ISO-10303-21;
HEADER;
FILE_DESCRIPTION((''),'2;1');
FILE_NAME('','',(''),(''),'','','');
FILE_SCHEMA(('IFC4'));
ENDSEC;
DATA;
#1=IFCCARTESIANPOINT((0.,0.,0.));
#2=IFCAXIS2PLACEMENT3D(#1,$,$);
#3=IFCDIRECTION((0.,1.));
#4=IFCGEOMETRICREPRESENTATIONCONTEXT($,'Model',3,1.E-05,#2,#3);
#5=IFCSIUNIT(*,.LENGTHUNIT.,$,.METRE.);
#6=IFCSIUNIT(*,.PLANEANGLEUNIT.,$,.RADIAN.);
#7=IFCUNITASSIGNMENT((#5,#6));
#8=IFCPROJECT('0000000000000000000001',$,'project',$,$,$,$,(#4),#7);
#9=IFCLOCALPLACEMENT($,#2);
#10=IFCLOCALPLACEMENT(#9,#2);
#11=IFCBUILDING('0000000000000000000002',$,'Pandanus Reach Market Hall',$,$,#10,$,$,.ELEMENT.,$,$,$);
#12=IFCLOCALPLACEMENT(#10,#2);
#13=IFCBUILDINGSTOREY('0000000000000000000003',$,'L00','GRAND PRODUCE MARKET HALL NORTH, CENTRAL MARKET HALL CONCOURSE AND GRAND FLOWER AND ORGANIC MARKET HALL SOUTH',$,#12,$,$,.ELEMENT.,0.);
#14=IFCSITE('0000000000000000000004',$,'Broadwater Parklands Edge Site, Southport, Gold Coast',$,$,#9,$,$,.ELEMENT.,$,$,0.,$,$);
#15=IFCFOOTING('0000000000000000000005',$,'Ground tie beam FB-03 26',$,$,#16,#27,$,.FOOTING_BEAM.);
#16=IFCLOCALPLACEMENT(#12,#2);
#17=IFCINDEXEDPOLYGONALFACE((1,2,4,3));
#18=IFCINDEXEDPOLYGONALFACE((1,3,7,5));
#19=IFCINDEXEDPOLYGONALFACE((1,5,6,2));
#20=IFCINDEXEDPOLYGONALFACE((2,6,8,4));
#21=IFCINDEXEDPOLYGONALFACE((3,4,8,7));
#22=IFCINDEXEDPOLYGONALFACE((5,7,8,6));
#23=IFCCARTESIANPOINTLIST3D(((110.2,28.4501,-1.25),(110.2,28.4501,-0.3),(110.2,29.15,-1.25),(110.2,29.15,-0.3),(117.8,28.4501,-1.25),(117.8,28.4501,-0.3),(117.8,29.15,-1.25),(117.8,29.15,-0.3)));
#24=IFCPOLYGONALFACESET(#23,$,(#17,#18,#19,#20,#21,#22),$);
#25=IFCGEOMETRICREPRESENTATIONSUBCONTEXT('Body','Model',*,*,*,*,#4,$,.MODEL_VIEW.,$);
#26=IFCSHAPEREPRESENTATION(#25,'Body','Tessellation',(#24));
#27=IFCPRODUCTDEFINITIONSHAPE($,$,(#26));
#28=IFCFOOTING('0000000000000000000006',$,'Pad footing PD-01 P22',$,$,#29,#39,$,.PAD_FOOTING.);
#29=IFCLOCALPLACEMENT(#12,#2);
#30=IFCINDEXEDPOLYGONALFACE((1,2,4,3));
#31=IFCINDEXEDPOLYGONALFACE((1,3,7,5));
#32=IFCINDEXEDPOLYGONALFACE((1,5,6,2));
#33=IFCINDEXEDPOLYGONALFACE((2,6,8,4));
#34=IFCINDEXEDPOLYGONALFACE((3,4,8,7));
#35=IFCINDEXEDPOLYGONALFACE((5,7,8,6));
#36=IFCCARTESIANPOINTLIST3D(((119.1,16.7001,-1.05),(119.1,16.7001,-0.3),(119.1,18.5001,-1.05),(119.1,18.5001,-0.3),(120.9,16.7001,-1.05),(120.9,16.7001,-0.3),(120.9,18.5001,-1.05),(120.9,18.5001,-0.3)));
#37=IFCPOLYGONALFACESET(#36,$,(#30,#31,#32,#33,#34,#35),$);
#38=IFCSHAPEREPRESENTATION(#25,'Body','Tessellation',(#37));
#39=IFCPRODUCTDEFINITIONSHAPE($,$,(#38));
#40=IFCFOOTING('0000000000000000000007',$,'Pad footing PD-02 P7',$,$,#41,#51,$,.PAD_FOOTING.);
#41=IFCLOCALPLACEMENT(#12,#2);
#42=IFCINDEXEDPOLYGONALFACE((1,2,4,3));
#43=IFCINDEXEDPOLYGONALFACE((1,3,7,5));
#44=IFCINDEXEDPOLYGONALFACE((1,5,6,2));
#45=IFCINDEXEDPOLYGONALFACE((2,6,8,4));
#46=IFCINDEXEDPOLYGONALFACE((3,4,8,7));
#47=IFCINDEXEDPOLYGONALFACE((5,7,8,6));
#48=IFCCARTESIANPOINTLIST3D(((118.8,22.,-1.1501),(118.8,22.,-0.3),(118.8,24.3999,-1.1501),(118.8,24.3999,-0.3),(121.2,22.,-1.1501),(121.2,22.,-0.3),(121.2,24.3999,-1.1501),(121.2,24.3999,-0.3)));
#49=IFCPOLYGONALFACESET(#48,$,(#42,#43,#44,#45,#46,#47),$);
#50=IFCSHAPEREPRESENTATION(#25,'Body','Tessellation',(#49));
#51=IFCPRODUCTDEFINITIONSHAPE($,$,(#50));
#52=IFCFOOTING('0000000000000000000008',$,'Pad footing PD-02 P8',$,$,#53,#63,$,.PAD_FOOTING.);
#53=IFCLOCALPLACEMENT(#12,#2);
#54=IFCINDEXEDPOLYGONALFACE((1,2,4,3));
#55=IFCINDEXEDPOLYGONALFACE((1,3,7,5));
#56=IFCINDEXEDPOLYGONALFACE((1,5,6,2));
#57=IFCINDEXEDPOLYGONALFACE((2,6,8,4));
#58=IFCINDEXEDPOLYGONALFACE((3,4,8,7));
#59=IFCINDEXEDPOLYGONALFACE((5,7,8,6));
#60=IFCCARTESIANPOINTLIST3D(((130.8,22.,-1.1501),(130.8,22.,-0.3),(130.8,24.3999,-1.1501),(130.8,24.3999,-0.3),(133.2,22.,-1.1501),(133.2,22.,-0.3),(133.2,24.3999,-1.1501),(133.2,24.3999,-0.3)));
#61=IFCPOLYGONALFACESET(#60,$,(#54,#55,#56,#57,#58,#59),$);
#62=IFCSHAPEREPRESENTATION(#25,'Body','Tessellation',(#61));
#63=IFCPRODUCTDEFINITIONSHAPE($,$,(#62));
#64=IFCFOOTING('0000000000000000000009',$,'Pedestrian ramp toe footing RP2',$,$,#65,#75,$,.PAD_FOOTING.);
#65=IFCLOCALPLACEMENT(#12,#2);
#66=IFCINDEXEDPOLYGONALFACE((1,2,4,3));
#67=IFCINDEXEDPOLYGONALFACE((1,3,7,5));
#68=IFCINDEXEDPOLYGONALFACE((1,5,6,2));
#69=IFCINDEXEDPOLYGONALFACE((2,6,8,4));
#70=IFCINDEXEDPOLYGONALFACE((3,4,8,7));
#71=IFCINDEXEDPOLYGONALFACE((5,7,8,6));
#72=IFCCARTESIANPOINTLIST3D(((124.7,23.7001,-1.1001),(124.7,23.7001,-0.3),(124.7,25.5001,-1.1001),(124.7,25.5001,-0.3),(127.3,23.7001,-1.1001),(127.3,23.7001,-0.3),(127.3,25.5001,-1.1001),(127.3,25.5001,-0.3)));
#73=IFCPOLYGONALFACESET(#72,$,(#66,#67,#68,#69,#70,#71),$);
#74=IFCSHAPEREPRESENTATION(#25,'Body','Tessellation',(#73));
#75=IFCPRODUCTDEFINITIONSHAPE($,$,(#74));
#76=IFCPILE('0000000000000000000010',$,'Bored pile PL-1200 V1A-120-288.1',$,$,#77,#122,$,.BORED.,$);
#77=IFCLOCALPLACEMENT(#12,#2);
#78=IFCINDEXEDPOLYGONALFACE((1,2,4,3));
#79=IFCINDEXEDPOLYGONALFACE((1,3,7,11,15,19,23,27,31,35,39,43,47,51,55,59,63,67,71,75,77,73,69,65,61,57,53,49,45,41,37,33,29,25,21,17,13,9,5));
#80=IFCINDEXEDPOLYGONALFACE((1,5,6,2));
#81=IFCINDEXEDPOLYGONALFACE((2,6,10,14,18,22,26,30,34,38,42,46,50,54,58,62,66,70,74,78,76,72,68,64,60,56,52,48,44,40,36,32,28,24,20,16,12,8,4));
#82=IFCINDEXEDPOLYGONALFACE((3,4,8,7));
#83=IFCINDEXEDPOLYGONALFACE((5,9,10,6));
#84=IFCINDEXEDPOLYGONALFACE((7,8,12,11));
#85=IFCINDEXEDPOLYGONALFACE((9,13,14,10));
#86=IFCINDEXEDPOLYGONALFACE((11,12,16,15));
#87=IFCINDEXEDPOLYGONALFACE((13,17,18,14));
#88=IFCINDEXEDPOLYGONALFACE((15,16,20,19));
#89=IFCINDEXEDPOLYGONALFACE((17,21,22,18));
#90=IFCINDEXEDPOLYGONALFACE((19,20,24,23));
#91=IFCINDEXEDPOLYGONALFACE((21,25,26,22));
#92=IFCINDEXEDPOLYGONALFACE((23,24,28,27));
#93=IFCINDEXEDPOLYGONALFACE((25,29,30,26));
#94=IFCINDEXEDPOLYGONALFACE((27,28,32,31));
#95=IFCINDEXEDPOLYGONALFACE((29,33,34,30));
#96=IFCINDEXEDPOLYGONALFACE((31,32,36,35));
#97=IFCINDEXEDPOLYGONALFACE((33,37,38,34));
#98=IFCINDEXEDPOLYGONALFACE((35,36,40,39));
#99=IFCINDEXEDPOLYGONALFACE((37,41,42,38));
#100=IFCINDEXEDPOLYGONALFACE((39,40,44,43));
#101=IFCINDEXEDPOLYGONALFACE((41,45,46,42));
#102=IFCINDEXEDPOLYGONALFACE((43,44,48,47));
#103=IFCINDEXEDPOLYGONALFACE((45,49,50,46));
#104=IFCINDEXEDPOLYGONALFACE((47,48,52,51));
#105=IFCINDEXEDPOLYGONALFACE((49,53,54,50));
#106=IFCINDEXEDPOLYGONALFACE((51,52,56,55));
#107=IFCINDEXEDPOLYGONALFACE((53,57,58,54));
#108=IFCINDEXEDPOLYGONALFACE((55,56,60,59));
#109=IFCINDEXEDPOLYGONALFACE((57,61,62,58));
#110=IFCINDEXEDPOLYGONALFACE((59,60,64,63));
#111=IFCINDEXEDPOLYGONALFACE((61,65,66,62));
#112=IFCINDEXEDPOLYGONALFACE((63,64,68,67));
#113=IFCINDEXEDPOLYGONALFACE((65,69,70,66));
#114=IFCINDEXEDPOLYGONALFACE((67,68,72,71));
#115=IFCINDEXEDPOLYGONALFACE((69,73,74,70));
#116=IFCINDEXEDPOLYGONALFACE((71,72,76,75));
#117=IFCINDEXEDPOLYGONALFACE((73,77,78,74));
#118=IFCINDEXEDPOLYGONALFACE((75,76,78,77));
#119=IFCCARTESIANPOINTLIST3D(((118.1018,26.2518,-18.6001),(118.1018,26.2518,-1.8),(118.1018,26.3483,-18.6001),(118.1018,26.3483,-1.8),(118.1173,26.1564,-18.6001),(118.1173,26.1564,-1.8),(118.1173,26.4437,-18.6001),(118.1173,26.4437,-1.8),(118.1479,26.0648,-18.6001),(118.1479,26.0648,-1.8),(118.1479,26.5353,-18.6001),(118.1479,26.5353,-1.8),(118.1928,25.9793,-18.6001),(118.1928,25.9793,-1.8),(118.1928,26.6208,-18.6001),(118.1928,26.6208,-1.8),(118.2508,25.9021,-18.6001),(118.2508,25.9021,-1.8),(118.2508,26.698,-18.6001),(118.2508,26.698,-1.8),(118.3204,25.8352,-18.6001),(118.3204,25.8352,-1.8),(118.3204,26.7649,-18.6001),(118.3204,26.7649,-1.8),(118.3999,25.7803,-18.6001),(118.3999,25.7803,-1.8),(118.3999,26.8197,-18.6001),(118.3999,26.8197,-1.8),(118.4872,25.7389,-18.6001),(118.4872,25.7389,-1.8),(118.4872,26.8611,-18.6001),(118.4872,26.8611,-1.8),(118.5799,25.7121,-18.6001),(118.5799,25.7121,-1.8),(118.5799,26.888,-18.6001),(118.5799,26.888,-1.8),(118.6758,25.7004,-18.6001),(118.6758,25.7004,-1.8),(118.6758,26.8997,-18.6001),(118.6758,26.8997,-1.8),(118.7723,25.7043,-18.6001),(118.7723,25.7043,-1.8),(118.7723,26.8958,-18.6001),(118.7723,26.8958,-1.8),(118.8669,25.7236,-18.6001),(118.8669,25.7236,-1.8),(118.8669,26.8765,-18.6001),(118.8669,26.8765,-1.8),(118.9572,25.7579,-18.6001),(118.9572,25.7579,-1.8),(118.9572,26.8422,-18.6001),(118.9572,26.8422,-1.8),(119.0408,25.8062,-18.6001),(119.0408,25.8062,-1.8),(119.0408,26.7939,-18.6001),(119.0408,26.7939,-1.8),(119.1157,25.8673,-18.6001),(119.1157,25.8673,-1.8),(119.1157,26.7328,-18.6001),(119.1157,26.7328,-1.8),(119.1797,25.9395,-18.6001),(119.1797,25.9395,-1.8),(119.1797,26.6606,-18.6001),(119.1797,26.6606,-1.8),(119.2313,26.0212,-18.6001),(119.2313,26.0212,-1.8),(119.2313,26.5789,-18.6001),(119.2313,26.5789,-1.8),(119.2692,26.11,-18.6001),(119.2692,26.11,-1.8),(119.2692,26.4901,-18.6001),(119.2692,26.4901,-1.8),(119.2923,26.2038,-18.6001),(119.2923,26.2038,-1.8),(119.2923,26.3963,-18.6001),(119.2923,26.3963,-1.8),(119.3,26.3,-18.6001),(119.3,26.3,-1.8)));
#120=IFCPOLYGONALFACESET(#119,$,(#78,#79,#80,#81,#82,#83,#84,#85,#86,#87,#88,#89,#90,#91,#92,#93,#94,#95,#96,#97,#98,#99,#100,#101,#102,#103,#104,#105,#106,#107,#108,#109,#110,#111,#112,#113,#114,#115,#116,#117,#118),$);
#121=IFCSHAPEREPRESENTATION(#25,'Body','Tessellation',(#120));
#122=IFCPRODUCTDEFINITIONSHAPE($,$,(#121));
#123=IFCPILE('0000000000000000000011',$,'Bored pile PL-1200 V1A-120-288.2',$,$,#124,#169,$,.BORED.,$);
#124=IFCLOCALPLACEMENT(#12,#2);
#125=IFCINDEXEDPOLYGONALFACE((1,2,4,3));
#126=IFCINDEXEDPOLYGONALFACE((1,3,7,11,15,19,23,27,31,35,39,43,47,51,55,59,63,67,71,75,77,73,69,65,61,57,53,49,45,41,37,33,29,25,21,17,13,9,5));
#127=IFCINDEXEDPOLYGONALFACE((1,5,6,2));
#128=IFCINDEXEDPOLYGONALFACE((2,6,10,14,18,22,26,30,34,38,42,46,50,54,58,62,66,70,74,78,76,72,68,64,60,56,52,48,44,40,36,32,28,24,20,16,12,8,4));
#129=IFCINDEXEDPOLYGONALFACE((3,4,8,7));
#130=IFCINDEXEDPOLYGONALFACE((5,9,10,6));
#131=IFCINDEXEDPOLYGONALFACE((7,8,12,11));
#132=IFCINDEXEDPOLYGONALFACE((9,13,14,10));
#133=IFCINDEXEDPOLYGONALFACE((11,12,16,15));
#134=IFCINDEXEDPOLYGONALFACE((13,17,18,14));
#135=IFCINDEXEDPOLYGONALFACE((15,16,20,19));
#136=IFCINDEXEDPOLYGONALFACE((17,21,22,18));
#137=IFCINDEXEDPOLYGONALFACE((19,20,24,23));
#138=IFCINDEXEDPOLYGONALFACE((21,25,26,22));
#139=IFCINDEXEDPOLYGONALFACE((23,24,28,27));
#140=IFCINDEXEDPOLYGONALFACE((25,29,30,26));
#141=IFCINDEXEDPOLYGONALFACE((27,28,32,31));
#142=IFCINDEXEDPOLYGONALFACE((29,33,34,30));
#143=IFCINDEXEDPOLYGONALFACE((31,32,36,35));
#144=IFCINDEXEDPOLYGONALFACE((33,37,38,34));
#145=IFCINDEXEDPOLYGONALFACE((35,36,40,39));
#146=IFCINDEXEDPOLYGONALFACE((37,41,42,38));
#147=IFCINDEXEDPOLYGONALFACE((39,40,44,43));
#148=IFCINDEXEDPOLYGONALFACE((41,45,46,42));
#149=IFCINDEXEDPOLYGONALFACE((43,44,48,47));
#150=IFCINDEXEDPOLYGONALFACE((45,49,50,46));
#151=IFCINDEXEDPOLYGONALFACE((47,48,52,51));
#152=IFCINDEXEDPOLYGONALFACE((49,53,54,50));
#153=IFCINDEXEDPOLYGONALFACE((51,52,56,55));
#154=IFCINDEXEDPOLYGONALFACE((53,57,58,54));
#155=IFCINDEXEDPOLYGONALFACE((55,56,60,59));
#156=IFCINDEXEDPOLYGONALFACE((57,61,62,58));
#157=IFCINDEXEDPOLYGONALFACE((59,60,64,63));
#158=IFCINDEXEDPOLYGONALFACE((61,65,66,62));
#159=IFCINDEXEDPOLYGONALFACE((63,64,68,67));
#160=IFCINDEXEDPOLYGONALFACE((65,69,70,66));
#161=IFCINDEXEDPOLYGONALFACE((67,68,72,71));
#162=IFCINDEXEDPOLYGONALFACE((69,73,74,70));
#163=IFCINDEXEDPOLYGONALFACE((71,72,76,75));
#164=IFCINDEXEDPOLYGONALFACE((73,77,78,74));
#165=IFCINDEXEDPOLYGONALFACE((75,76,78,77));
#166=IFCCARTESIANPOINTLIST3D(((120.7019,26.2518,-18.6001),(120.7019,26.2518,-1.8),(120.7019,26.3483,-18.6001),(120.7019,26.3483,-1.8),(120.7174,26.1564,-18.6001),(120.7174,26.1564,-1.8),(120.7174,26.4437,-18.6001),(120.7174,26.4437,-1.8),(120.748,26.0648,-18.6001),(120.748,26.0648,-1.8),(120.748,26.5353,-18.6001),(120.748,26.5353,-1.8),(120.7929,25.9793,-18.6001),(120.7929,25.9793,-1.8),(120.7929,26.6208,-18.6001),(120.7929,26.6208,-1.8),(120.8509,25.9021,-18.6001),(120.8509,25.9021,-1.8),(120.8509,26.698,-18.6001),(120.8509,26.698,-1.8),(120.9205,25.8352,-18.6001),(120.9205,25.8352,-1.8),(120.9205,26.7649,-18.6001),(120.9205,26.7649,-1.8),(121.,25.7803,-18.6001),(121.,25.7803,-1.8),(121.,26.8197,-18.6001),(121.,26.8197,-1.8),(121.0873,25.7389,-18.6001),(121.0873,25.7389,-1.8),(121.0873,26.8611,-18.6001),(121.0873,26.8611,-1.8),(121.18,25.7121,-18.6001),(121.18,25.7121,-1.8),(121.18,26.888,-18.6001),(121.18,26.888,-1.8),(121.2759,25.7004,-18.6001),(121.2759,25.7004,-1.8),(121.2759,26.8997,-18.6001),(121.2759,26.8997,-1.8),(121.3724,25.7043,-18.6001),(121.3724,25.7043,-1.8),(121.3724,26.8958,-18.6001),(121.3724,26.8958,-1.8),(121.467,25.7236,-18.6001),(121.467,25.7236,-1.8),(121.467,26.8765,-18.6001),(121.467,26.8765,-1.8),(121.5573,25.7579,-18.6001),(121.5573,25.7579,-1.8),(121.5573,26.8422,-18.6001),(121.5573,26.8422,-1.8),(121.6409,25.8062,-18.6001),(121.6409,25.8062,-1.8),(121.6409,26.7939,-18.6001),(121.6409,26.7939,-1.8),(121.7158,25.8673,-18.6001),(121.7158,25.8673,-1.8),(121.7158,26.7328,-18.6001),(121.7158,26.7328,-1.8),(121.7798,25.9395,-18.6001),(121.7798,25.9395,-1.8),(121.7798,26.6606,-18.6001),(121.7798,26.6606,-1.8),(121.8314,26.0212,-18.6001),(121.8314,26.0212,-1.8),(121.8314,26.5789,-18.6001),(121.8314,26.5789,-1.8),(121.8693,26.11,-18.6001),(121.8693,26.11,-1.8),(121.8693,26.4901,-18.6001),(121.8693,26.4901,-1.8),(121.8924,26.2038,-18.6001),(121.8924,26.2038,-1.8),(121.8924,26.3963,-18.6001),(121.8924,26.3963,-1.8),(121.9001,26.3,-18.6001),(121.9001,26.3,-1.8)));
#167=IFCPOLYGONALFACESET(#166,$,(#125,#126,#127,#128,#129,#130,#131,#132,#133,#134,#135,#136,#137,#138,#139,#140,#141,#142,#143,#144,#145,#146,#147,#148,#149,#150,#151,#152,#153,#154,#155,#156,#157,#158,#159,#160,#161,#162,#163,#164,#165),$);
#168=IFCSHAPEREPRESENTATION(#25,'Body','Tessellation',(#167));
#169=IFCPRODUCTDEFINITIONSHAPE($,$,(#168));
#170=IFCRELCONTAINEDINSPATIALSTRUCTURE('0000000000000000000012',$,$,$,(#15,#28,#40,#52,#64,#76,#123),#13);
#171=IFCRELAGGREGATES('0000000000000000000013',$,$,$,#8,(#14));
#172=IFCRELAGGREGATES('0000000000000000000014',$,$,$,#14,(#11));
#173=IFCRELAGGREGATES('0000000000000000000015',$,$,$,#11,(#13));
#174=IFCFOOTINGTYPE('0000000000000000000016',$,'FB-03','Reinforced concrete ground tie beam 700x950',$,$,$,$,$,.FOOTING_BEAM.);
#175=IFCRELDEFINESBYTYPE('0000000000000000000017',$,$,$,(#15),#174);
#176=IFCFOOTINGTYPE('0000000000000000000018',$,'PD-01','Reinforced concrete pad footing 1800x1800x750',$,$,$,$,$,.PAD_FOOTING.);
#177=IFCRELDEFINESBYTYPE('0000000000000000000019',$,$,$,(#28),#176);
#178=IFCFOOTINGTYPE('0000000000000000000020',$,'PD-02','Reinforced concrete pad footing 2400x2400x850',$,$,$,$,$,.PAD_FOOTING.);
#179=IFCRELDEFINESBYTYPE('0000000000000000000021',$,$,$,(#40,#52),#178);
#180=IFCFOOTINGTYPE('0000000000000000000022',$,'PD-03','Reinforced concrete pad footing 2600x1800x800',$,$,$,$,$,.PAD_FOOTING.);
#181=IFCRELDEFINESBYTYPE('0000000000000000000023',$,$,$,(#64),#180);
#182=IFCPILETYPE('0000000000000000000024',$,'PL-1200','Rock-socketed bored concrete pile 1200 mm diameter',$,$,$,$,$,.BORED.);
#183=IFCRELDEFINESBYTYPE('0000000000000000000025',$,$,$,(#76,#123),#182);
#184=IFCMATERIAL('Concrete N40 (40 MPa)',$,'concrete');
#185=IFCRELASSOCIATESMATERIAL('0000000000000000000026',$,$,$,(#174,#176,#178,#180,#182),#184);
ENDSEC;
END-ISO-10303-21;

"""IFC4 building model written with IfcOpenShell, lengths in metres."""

from ifc_helpers import new_model, si_unit, direction, frame, origin, origin_2d, place, context, subcontext, project, spatial, rectangle, circle, extrude, material, material_profile, profile_set, type_object, element, save


model = new_model("IFC4")

# Units and contexts
model_context = context("Model", 3, precision=1e-05, world=origin(), true_north=direction((0.0, 1.0)))
body_context = subcontext(model_context, "Body", "Model", "MODEL_VIEW")
ifc_project = project(units=[si_unit("LENGTHUNIT", "METRE"), si_unit("PLANEANGLEUNIT", "RADIAN")], contexts=[model_context])

# Site, building, storey
site_placement = place(None, origin())
site = spatial("IfcSite", under=ifc_project, at=site_placement, Name="Broadwater Parklands Edge Site, Southport, Gold Coast", CompositionType="ELEMENT", RefElevation=0.0)
building_placement = place(site_placement, origin())
building = spatial("IfcBuilding", under=site, at=building_placement, Name="Pandanus Reach Market Hall", CompositionType="ELEMENT")
storey_placement = place(building_placement, origin())
storey = spatial("IfcBuildingStorey", under=building, at=storey_placement, Name="L00", Description="GRAND PRODUCE MARKET HALL NORTH, CENTRAL MARKET HALL CONCOURSE AND GRAND FLOWER AND ORGANIC MARKET HALL SOUTH", CompositionType="ELEMENT", Elevation=0.0)

# Footings
ifc_material_1 = material(Name="Concrete N40 (40 MPa)", Category="concrete")
footing_type_1 = type_object("IfcFootingType", Name="FB-03", Description="Reinforced concrete ground tie beam 700x950", PredefinedType="FOOTING_BEAM", material=ifc_material_1)
footing_1_placement = place(storey_placement, frame((114.0, 28.8, -1.25), z_axis=(0.0, 0.0, 1.0), x_axis=(1.0, 0.0, 0.0)))
element("IfcFooting", 1, at=footing_1_placement, inside=storey, type_object=footing_type_1, Name="Ground tie beam FB-03 26", PredefinedType="FOOTING_BEAM", context=body_context, shape_type="SweptSolid", body=[
    extrude(rectangle(XDim=7.6001, YDim=0.7, at=origin_2d()), origin(), (0.0, 0.0, 1.0), 0.95),
])
footing_type_2 = type_object("IfcFootingType", Name="PD-01", Description="Reinforced concrete pad footing 1800x1800x750", PredefinedType="PAD_FOOTING", material=ifc_material_1)
footing_2_placement = place(storey_placement, frame((120.0, 17.6001, -1.05), z_axis=(0.0, 0.0, 1.0), x_axis=(1.0, 0.0, 0.0)))
element("IfcFooting", 2, at=footing_2_placement, inside=storey, type_object=footing_type_2, Name="Pad footing PD-01 P22", PredefinedType="PAD_FOOTING", context=body_context, shape_type="SweptSolid", body=[
    extrude(rectangle(XDim=1.8, YDim=1.8, at=origin_2d()), origin(), (0.0, 0.0, 1.0), 0.75),
])
footing_type_3 = type_object("IfcFootingType", Name="PD-02", Description="Reinforced concrete pad footing 2400x2400x850", PredefinedType="PAD_FOOTING", material=ifc_material_1)
for number, where, z_axis, x_axis, name in (
    (3, (120.0, 23.2, -1.1501), (0.0, 0.0, 1.0), (1.0, 0.0, 0.0), "Pad footing PD-02 P7"),
    (4, (132.0, 23.2, -1.1501), (0.0, 0.0, 1.0), (1.0, 0.0, 0.0), "Pad footing PD-02 P8"),
):
    element("IfcFooting", number, at=place(storey_placement, frame(where, z_axis=z_axis, x_axis=x_axis)), inside=storey, type_object=footing_type_3, Name=name, PredefinedType="PAD_FOOTING", context=body_context, shape_type="SweptSolid", body=[
        extrude(rectangle(XDim=2.3999, YDim=2.3999, at=origin_2d()), origin(), (0.0, 0.0, 1.0), 0.8501),
    ])
footing_type_4 = type_object("IfcFootingType", Name="PD-03", Description="Reinforced concrete pad footing 2600x1800x800", PredefinedType="PAD_FOOTING", material=ifc_material_1)
footing_3_placement = place(storey_placement, frame((126.0, 24.6001, -1.1001), z_axis=(0.0, 0.0, 1.0), x_axis=(1.0, 0.0, 0.0)))
element("IfcFooting", 5, at=footing_3_placement, inside=storey, type_object=footing_type_4, Name="Pedestrian ramp toe footing RP2", PredefinedType="PAD_FOOTING", context=body_context, shape_type="SweptSolid", body=[
    extrude(rectangle(XDim=2.6001, YDim=1.8, at=origin_2d()), origin(), (0.0, 0.0, 1.0), 0.8),
])

# Piles
ifc_material_profile_1 = material_profile(ifc_material_1, circle(Radius=0.6001, at=origin_2d()), Name="PILE-1200D", Category="LoadBearing")
ifc_profile_set_1 = profile_set([ifc_material_profile_1], Name="Concrete N40 (40 MPa)")
pile_type = type_object("IfcPileType", Name="PL-1200", Description="Rock-socketed bored concrete pile 1200 mm diameter", PredefinedType="BORED", material=ifc_profile_set_1)
for number, where, z_axis, x_axis, name in (
    (6, (118.7, 26.3, -1.8), (0.0, 0.0, -1.0), (1.0, 0.0, 0.0), "Bored pile PL-1200 V1A-120-288.1"),
    (7, (121.3, 26.3, -1.8), (0.0, 0.0, -1.0), (1.0, 0.0, 0.0), "Bored pile PL-1200 V1A-120-288.2"),
):
    element("IfcPile", number, at=place(storey_placement, frame(where, z_axis=z_axis, x_axis=x_axis)), inside=storey, type_object=pile_type, Name=name, PredefinedType="BORED", context=body_context, shape_type="SweptSolid", body=[
        extrude(circle(Radius=0.6001, at=origin_2d()), origin(), (0.0, 0.0, 1.0), 16.8),
    ])

save(model, "model.ifc")
